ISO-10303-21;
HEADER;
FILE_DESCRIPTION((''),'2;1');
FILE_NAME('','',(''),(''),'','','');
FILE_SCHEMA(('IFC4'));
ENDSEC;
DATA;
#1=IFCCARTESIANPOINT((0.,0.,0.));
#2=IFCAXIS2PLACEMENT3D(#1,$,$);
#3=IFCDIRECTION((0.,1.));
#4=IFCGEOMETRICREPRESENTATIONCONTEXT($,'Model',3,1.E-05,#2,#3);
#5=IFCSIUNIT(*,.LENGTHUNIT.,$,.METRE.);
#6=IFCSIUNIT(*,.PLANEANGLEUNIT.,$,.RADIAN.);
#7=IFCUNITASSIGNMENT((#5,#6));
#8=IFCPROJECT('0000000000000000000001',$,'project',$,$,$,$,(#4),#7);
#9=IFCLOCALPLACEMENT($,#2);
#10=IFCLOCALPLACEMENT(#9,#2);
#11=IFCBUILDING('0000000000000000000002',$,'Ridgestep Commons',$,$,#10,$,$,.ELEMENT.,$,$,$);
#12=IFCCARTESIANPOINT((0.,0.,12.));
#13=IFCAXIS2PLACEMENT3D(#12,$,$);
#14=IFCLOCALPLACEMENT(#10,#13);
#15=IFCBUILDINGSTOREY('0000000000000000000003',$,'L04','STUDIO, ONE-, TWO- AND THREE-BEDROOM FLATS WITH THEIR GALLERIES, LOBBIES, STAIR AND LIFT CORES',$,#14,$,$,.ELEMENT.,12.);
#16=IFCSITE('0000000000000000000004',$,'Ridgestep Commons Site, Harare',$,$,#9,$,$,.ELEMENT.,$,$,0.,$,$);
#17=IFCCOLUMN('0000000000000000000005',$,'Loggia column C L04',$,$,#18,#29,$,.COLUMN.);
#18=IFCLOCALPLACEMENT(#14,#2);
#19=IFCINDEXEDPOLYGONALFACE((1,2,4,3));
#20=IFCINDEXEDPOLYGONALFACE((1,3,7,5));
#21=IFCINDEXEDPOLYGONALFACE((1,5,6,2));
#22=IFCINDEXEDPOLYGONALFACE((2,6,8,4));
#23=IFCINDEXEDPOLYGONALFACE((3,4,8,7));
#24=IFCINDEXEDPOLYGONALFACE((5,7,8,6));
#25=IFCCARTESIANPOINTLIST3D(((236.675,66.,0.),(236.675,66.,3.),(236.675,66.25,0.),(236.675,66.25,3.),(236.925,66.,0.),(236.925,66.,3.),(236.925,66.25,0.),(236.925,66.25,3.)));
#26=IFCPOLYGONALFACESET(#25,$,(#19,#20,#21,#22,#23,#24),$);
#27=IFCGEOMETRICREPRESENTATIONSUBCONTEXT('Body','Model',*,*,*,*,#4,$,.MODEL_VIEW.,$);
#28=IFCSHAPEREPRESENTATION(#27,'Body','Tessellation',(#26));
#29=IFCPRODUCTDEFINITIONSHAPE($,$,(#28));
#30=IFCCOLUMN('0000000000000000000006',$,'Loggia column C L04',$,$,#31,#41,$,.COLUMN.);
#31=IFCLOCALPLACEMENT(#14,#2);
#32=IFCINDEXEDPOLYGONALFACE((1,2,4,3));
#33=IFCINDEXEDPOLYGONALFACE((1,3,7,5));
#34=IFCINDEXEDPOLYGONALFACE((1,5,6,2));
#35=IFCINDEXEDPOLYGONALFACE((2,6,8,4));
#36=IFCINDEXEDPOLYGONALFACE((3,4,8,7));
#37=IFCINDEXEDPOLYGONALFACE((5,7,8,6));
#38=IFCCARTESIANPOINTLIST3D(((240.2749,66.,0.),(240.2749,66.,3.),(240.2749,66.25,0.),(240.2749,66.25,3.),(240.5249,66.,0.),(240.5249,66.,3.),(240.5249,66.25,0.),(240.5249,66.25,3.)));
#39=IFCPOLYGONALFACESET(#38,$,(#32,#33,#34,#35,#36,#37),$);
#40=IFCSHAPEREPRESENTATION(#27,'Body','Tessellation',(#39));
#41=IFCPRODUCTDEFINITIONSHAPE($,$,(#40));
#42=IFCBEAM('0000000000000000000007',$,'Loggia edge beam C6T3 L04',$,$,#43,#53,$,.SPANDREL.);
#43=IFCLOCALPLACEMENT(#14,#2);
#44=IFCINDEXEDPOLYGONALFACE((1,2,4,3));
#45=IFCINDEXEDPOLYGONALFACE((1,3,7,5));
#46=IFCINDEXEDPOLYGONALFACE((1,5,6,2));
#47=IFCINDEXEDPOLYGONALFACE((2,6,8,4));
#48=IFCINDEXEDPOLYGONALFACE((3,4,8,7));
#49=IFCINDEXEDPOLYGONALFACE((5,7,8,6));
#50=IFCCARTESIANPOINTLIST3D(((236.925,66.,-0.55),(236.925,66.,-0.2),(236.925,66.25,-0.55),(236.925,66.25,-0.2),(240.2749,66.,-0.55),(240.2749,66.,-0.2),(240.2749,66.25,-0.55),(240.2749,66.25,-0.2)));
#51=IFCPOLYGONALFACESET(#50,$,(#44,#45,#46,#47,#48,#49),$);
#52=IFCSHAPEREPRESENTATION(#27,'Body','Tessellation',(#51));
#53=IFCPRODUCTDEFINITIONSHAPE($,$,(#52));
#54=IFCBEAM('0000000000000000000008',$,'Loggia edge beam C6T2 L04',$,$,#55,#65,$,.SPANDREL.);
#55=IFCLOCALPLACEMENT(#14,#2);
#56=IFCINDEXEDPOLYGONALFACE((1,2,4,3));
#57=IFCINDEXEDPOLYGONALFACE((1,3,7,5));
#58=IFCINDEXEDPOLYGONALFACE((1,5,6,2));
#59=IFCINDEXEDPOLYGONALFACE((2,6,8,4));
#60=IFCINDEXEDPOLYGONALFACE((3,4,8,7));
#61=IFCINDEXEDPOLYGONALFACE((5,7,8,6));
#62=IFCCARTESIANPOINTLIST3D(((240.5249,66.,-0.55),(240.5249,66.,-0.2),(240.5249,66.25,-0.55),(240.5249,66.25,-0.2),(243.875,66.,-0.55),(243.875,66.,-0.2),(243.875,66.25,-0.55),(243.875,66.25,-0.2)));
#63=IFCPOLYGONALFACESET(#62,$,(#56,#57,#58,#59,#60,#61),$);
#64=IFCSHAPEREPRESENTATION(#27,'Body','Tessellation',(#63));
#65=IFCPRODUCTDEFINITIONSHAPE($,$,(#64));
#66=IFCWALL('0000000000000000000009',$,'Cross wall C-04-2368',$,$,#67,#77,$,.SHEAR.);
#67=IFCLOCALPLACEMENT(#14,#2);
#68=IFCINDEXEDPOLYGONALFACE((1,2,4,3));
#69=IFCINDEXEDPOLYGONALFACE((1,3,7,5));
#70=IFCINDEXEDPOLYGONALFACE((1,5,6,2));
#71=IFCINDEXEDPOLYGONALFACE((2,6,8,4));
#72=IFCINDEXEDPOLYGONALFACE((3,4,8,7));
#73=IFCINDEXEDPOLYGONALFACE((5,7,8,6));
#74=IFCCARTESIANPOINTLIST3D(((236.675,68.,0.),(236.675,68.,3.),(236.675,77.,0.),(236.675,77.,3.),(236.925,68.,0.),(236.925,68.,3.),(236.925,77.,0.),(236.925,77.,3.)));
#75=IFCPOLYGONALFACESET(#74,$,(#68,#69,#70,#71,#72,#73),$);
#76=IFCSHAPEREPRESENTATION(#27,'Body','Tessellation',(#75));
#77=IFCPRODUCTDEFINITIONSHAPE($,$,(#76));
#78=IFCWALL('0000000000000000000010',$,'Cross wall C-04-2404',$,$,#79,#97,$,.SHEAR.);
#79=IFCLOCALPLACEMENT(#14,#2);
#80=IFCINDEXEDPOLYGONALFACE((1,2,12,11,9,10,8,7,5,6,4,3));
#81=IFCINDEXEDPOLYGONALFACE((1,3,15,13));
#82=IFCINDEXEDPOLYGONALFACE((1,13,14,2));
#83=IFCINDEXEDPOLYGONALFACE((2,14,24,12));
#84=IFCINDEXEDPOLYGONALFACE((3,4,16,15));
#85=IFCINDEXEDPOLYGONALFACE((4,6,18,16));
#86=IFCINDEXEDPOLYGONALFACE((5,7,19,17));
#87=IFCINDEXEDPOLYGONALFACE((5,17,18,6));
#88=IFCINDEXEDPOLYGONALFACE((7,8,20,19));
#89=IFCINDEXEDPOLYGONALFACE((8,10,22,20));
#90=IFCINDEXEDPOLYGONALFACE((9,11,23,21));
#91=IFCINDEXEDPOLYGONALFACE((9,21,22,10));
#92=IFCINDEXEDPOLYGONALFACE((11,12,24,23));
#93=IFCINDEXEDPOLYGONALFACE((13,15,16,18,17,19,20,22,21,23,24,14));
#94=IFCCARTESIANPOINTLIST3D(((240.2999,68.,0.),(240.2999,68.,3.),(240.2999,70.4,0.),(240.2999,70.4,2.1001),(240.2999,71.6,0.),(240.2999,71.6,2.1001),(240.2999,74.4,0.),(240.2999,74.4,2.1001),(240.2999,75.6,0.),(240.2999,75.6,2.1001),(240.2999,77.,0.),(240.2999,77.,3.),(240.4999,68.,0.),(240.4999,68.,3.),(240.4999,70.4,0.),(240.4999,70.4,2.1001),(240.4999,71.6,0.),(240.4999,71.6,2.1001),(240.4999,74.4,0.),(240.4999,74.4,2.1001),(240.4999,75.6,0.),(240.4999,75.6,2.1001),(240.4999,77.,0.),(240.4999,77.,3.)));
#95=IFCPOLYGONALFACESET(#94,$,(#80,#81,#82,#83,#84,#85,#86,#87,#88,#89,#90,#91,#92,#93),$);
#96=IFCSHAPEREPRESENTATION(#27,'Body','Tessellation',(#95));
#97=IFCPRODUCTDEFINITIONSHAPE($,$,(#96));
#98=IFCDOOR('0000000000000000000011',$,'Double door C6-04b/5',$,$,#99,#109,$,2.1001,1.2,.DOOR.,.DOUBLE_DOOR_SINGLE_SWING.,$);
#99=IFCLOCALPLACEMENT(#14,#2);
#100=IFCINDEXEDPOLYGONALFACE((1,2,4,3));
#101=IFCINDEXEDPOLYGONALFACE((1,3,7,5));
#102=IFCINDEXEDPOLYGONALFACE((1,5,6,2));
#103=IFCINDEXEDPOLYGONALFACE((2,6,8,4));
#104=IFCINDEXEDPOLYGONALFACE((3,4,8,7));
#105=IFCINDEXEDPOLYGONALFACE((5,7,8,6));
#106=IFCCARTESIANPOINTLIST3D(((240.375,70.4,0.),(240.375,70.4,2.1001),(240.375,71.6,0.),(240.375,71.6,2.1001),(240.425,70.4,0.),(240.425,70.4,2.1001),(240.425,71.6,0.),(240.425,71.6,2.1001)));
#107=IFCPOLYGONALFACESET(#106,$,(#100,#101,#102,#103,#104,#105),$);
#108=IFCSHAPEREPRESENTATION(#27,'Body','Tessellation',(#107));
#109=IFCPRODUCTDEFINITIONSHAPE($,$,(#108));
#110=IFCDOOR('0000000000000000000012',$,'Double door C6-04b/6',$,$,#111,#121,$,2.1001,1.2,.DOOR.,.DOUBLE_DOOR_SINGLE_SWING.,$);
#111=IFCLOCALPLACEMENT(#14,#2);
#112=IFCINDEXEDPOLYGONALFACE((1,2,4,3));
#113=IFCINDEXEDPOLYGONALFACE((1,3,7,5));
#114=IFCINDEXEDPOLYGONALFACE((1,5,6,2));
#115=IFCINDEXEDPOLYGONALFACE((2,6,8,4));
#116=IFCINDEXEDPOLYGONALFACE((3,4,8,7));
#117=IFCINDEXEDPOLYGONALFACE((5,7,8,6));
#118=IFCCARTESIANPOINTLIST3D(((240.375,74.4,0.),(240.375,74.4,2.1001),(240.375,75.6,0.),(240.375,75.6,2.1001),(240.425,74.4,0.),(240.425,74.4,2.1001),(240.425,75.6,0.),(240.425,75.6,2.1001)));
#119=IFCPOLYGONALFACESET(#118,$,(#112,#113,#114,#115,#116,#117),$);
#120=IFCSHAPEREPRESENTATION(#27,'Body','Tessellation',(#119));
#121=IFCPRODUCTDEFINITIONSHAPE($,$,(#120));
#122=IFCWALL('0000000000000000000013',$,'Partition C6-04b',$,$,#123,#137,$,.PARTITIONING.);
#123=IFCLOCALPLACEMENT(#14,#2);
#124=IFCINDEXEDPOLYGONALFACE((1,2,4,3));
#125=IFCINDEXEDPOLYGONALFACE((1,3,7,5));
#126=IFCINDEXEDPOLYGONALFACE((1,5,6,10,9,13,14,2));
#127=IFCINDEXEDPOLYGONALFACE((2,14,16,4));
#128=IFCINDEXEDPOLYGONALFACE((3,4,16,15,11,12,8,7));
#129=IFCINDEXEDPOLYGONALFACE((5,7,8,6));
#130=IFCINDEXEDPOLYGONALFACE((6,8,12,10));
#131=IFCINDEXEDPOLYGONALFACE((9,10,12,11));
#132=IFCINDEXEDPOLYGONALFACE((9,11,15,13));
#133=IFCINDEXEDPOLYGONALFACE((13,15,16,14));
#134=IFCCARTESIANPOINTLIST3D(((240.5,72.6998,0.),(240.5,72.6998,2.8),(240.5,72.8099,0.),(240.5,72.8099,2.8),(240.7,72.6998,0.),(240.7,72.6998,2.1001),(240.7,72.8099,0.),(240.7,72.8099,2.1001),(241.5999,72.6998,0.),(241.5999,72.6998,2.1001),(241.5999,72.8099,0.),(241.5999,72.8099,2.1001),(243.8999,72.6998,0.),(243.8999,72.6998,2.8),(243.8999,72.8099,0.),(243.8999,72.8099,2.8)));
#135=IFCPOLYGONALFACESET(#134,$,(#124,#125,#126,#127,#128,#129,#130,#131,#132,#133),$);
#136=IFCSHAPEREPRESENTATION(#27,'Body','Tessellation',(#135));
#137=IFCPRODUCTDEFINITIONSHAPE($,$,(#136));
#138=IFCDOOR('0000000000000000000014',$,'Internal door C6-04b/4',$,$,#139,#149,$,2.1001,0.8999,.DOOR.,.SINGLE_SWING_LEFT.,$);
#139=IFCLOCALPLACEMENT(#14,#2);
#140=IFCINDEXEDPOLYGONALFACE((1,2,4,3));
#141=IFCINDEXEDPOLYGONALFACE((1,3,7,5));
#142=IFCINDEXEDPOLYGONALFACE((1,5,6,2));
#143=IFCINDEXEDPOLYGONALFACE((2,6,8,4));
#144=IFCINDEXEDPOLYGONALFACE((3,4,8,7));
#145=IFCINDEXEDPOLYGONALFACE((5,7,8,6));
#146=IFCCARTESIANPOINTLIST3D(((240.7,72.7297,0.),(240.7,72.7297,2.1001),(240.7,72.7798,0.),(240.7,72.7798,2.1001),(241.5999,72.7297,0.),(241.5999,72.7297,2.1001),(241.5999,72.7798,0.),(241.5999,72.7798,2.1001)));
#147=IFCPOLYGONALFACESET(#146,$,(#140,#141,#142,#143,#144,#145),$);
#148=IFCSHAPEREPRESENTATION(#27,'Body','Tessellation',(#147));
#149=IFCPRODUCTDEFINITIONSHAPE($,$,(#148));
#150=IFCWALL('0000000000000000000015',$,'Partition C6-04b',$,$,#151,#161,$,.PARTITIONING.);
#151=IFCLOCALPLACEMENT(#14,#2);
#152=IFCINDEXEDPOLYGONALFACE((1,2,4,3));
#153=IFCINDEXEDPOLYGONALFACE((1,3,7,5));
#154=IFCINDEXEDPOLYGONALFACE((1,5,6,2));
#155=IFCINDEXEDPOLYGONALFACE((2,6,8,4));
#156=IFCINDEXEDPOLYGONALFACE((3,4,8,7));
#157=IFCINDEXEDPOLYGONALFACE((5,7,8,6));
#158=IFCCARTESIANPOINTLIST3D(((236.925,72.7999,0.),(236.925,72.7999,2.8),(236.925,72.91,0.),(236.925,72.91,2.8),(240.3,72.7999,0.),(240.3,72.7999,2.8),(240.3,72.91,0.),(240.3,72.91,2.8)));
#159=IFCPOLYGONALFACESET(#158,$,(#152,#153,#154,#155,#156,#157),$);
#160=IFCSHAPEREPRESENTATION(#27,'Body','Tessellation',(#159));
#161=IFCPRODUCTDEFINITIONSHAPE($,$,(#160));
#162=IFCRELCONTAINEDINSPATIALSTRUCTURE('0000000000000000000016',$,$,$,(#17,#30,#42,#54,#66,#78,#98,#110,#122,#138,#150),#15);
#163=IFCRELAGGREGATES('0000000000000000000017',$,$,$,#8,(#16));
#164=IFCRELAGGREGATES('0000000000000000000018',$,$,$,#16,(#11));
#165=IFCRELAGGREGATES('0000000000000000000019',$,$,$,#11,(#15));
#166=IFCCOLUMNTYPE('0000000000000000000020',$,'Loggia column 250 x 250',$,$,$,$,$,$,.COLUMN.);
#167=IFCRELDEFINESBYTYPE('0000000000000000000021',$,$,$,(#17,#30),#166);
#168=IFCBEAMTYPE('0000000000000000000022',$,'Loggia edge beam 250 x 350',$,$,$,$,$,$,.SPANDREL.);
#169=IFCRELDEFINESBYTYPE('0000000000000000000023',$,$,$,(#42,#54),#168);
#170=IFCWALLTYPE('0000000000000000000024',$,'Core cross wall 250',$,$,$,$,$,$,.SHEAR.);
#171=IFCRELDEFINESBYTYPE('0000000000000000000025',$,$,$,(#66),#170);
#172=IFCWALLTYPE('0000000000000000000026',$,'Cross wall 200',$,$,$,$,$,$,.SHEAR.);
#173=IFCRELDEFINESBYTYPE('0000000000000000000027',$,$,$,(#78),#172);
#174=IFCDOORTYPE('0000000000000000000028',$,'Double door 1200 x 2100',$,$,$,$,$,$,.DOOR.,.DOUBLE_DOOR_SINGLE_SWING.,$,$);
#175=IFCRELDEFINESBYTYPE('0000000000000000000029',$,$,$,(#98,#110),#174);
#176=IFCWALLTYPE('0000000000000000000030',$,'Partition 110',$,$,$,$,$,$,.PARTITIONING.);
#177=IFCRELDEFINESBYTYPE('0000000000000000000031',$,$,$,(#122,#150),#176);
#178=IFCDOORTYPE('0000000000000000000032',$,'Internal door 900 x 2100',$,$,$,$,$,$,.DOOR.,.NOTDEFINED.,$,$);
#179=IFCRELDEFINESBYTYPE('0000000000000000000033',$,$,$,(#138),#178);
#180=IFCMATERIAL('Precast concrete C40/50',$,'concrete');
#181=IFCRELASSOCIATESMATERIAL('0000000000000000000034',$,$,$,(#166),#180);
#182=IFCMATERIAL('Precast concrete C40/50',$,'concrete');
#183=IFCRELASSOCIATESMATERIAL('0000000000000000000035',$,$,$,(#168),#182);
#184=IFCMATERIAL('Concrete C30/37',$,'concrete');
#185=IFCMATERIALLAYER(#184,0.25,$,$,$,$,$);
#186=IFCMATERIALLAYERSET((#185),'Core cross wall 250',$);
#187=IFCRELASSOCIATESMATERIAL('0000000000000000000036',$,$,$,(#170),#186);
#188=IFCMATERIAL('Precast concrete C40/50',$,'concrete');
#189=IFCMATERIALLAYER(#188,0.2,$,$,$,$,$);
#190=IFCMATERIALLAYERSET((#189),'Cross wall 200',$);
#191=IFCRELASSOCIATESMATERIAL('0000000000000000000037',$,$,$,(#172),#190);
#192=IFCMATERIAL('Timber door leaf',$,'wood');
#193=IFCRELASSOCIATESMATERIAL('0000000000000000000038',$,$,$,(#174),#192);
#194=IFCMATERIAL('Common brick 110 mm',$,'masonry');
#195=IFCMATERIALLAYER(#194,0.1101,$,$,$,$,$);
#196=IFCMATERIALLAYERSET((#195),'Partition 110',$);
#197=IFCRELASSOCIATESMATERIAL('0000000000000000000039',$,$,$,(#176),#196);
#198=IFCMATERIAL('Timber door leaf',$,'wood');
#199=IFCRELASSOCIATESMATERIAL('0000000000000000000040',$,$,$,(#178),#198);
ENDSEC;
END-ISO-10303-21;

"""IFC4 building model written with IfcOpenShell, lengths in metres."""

from ifc_helpers import new_model, si_unit, direction, frame, frame_2d, origin, origin_2d, place, context, subcontext, project, spatial, rectangle, extrude, material, layer, layer_set, material_profile, profile_set, type_object, element, fill, save


model = new_model("IFC4")

# Units and contexts
model_context = context("Model", 3, precision=1e-05, world=origin(), true_north=direction((0.0, 1.0)))
body_context = subcontext(model_context, "Body", "Model", "MODEL_VIEW")
ifc_project = project(units=[si_unit("LENGTHUNIT", "METRE"), si_unit("PLANEANGLEUNIT", "RADIAN")], contexts=[model_context])

# Site, building, storey
site_placement = place(None, origin())
site = spatial("IfcSite", under=ifc_project, at=site_placement, Name="Ridgestep Commons Site, Harare", CompositionType="ELEMENT", RefElevation=0.0)
building_placement = place(site_placement, origin())
building = spatial("IfcBuilding", under=site, at=building_placement, Name="Ridgestep Commons", CompositionType="ELEMENT")
storey_placement = place(building_placement, frame((0.0, 0.0, 12.0)))
storey = spatial("IfcBuildingStorey", under=building, at=storey_placement, Name="L04", Description="STUDIO, ONE-, TWO- AND THREE-BEDROOM FLATS WITH THEIR GALLERIES, LOBBIES, STAIR AND LIFT CORES", CompositionType="ELEMENT", Elevation=12.0)

# Columns
ifc_material_1 = material(Name="Precast concrete C40/50", Category="concrete")
ifc_material_profile_1 = material_profile(ifc_material_1, rectangle(XDim=0.25, YDim=0.25, at=origin_2d()), Name="PC 250x250")
ifc_profile_set_1 = profile_set([ifc_material_profile_1], Name="Precast concrete C40/50")
column_type = type_object("IfcColumnType", Name="Loggia column 250 x 250", PredefinedType="COLUMN", material=ifc_profile_set_1)
for number, where, z_axis, x_axis, name in (
    (1, (236.8, 66.125, 0.0), (0.0, 0.0, 1.0), (1.0, 0.0, 0.0), "Loggia column C L04"),
    (2, (240.3999, 66.125, 0.0), (0.0, 0.0, 1.0), (1.0, 0.0, 0.0), "Loggia column C L04"),
):
    element("IfcColumn", number, at=place(storey_placement, frame(where, z_axis=z_axis, x_axis=x_axis)), inside=storey, type_object=column_type, Name=name, PredefinedType="COLUMN", context=body_context, shape_type="SweptSolid", body=[
        extrude(rectangle(XDim=0.25, YDim=0.25, at=origin_2d()), origin(), (0.0, 0.0, 1.0), 3.0),
    ])

# Beams
ifc_material_2 = material(Name="Precast concrete C40/50", Category="concrete")
ifc_material_profile_2 = material_profile(ifc_material_2, rectangle(XDim=0.25, YDim=0.3501, at=origin_2d()), Name="PC 250x350")
ifc_profile_set_2 = profile_set([ifc_material_profile_2], Name="Precast concrete C40/50")
beam_type = type_object("IfcBeamType", Name="Loggia edge beam 250 x 350", PredefinedType="SPANDREL", material=ifc_profile_set_2)
beam_1_placement = place(storey_placement, frame((236.925, 66.125, -0.375), z_axis=(1.0, 0.0, 0.0), x_axis=(0.0, 1.0, 0.0)))
element("IfcBeam", 3, at=beam_1_placement, inside=storey, type_object=beam_type, Name="Loggia edge beam C6T3 L04", PredefinedType="SPANDREL", context=body_context, shape_type="SweptSolid", body=[
    extrude(rectangle(XDim=0.25, YDim=0.3501, at=origin_2d()), origin(), (0.0, 0.0, 1.0), 3.3499),
])
beam_2_placement = place(storey_placement, frame((240.5249, 66.125, -0.375), z_axis=(1.0, 0.0, 0.0), x_axis=(0.0, 1.0, 0.0)))
element("IfcBeam", 4, at=beam_2_placement, inside=storey, type_object=beam_type, Name="Loggia edge beam C6T2 L04", PredefinedType="SPANDREL", context=body_context, shape_type="SweptSolid", body=[
    extrude(rectangle(XDim=0.25, YDim=0.3501, at=origin_2d()), origin(), (0.0, 0.0, 1.0), 3.3501),
])

# Wall
ifc_material_3 = material(Name="Concrete C30/37", Category="concrete")
ifc_layer_1 = layer(ifc_material_3, 0.25)
ifc_layer_set_1 = layer_set([ifc_layer_1], Name="Core cross wall 250")
wall_type_1 = type_object("IfcWallType", Name="Core cross wall 250", PredefinedType="SHEAR", material=ifc_layer_set_1)
wall_1_placement = place(storey_placement, frame((236.8, 68.0, 0.0), z_axis=(0.0, 0.0, 1.0), x_axis=(0.0, 1.0, 0.0)))
element("IfcWall", 5, at=wall_1_placement, inside=storey, type_object=wall_type_1, Name="Cross wall C-04-2368", PredefinedType="SHEAR", context=body_context, shape_type="SweptSolid", body=[
    extrude(rectangle(XDim=9.0, YDim=0.25, at=frame_2d((4.5, 0.0))), origin(), (0.0, 0.0, 1.0), 3.0),
])

# Wall, openings, doors
ifc_material_4 = material(Name="Precast concrete C40/50", Category="concrete")
ifc_layer_2 = layer(ifc_material_4, 0.2)
ifc_layer_set_2 = layer_set([ifc_layer_2], Name="Cross wall 200")
wall_type_2 = type_object("IfcWallType", Name="Cross wall 200", PredefinedType="SHEAR", material=ifc_layer_set_2)
wall_2_placement = place(storey_placement, frame((240.3999, 68.0, 0.0), z_axis=(0.0, 0.0, 1.0), x_axis=(0.0, 1.0, 0.0)))
wall_2 = element("IfcWall", 6, at=wall_2_placement, inside=storey, type_object=wall_type_2, Name="Cross wall C-04-2404", PredefinedType="SHEAR", context=body_context, shape_type="SweptSolid", body=[
    extrude(rectangle(XDim=9.0, YDim=0.2, at=frame_2d((4.5, 0.0))), origin(), (0.0, 0.0, 1.0), 3.0),
])
opening_1_placement = place(wall_2_placement, frame((2.3999, 0.0, 0.0)))
opening_1 = element("IfcOpeningElement", 7, at=opening_1_placement, cuts=wall_2, PredefinedType="OPENING", context=body_context, shape_type="SweptSolid", body=[
    extrude(rectangle(XDim=1.2, YDim=2.1001, at=frame_2d((0.6001, 1.05))), frame((0.0, 0.1099, 0.0), z_axis=(0.0, -1.0, 0.0), x_axis=(1.0, 0.0, 0.0)), (0.0, 0.0, 1.0), 0.22),
])
opening_2_placement = place(wall_2_placement, frame((6.3999, 0.0, 0.0)))
opening_2 = element("IfcOpeningElement", 8, at=opening_2_placement, cuts=wall_2, PredefinedType="OPENING", context=body_context, shape_type="SweptSolid", body=[
    extrude(rectangle(XDim=1.2, YDim=2.1001, at=frame_2d((0.6001, 1.05))), frame((0.0, 0.1099, 0.0), z_axis=(0.0, -1.0, 0.0), x_axis=(1.0, 0.0, 0.0)), (0.0, 0.0, 1.0), 0.22),
])
ifc_material_5 = material(Name="Timber door leaf", Category="wood")
door_type_1 = type_object("IfcDoorType", Name="Double door 1200 x 2100", OperationType="DOUBLE_DOOR_SINGLE_SWING", PredefinedType="DOOR", material=ifc_material_5)
door_1_placement = place(opening_1_placement, origin())
door_1 = element("IfcDoor", 9, at=door_1_placement, inside=storey, type_object=door_type_1, Name="Double door C6-04b/5", OperationType="DOUBLE_DOOR_SINGLE_SWING", OverallHeight=2.1001, OverallWidth=1.2, PredefinedType="DOOR", context=body_context, shape_type="SweptSolid", body=[
    extrude(rectangle(XDim=1.2, YDim=2.1001, at=frame_2d((0.6001, 1.05))), frame((0.0, 0.0249, 0.0), z_axis=(0.0, -1.0, 0.0), x_axis=(1.0, 0.0, 0.0)), (0.0, 0.0, 1.0), 0.05),
])
fill(opening_1, door_1)
door_2_placement = place(opening_2_placement, origin())
door_2 = element("IfcDoor", 10, at=door_2_placement, inside=storey, type_object=door_type_1, Name="Double door C6-04b/6", OperationType="DOUBLE_DOOR_SINGLE_SWING", OverallHeight=2.1001, OverallWidth=1.2, PredefinedType="DOOR", context=body_context, shape_type="SweptSolid", body=[
    extrude(rectangle(XDim=1.2, YDim=2.1001, at=frame_2d((0.6001, 1.05))), frame((0.0, 0.0249, 0.0), z_axis=(0.0, -1.0, 0.0), x_axis=(1.0, 0.0, 0.0)), (0.0, 0.0, 1.0), 0.05),
])
fill(opening_2, door_2)

# Wall, opening, door
ifc_material_6 = material(Name="Common brick 110 mm", Category="masonry")
ifc_layer_3 = layer(ifc_material_6, 0.1101)
ifc_layer_set_3 = layer_set([ifc_layer_3], Name="Partition 110")
wall_type_3 = type_object("IfcWallType", Name="Partition 110", PredefinedType="PARTITIONING", material=ifc_layer_set_3)
wall_3_placement = place(storey_placement, frame((240.5, 72.7549, 0.0), z_axis=(0.0, 0.0, 1.0), x_axis=(1.0, 0.0, 0.0)))
wall_3 = element("IfcWall", 11, at=wall_3_placement, inside=storey, type_object=wall_type_3, Name="Partition C6-04b", PredefinedType="PARTITIONING", context=body_context, shape_type="SweptSolid", body=[
    extrude(rectangle(XDim=3.3999, YDim=0.1101, at=frame_2d((1.7, 0.0))), origin(), (0.0, 0.0, 1.0), 2.8),
])
opening_3_placement = place(wall_3_placement, frame((0.2, 0.0, 0.0)))
opening_3 = element("IfcOpeningElement", 12, at=opening_3_placement, cuts=wall_3, PredefinedType="OPENING", context=body_context, shape_type="SweptSolid", body=[
    extrude(rectangle(XDim=0.8999, YDim=2.1001, at=frame_2d((0.45, 1.05))), frame((0.0, 0.0649, 0.0), z_axis=(0.0, -1.0, 0.0), x_axis=(1.0, 0.0, 0.0)), (0.0, 0.0, 1.0), 0.1301),
])
ifc_material_7 = material(Name="Timber door leaf", Category="wood")
door_type_2 = type_object("IfcDoorType", Name="Internal door 900 x 2100", OperationType="NOTDEFINED", PredefinedType="DOOR", material=ifc_material_7)
door_3_placement = place(opening_3_placement, origin())
door_3 = element("IfcDoor", 13, at=door_3_placement, inside=storey, type_object=door_type_2, Name="Internal door C6-04b/4", OperationType="SINGLE_SWING_LEFT", OverallHeight=2.1001, OverallWidth=0.8999, PredefinedType="DOOR", context=body_context, shape_type="SweptSolid", body=[
    extrude(rectangle(XDim=0.8999, YDim=2.1001, at=frame_2d((0.45, 1.05))), frame((0.0, 0.0249, 0.0), z_axis=(0.0, -1.0, 0.0), x_axis=(1.0, 0.0, 0.0)), (0.0, 0.0, 1.0), 0.05),
])
fill(opening_3, door_3)

# Wall
wall_4_placement = place(storey_placement, frame((236.925, 72.855, 0.0), z_axis=(0.0, 0.0, 1.0), x_axis=(1.0, 0.0, 0.0)))
element("IfcWall", 14, at=wall_4_placement, inside=storey, type_object=wall_type_3, Name="Partition C6-04b", PredefinedType="PARTITIONING", context=body_context, shape_type="SweptSolid", body=[
    extrude(rectangle(XDim=3.375, YDim=0.1101, at=frame_2d((1.6875, 0.0))), origin(), (0.0, 0.0, 1.0), 2.8),
])

save(model, "model.ifc")
